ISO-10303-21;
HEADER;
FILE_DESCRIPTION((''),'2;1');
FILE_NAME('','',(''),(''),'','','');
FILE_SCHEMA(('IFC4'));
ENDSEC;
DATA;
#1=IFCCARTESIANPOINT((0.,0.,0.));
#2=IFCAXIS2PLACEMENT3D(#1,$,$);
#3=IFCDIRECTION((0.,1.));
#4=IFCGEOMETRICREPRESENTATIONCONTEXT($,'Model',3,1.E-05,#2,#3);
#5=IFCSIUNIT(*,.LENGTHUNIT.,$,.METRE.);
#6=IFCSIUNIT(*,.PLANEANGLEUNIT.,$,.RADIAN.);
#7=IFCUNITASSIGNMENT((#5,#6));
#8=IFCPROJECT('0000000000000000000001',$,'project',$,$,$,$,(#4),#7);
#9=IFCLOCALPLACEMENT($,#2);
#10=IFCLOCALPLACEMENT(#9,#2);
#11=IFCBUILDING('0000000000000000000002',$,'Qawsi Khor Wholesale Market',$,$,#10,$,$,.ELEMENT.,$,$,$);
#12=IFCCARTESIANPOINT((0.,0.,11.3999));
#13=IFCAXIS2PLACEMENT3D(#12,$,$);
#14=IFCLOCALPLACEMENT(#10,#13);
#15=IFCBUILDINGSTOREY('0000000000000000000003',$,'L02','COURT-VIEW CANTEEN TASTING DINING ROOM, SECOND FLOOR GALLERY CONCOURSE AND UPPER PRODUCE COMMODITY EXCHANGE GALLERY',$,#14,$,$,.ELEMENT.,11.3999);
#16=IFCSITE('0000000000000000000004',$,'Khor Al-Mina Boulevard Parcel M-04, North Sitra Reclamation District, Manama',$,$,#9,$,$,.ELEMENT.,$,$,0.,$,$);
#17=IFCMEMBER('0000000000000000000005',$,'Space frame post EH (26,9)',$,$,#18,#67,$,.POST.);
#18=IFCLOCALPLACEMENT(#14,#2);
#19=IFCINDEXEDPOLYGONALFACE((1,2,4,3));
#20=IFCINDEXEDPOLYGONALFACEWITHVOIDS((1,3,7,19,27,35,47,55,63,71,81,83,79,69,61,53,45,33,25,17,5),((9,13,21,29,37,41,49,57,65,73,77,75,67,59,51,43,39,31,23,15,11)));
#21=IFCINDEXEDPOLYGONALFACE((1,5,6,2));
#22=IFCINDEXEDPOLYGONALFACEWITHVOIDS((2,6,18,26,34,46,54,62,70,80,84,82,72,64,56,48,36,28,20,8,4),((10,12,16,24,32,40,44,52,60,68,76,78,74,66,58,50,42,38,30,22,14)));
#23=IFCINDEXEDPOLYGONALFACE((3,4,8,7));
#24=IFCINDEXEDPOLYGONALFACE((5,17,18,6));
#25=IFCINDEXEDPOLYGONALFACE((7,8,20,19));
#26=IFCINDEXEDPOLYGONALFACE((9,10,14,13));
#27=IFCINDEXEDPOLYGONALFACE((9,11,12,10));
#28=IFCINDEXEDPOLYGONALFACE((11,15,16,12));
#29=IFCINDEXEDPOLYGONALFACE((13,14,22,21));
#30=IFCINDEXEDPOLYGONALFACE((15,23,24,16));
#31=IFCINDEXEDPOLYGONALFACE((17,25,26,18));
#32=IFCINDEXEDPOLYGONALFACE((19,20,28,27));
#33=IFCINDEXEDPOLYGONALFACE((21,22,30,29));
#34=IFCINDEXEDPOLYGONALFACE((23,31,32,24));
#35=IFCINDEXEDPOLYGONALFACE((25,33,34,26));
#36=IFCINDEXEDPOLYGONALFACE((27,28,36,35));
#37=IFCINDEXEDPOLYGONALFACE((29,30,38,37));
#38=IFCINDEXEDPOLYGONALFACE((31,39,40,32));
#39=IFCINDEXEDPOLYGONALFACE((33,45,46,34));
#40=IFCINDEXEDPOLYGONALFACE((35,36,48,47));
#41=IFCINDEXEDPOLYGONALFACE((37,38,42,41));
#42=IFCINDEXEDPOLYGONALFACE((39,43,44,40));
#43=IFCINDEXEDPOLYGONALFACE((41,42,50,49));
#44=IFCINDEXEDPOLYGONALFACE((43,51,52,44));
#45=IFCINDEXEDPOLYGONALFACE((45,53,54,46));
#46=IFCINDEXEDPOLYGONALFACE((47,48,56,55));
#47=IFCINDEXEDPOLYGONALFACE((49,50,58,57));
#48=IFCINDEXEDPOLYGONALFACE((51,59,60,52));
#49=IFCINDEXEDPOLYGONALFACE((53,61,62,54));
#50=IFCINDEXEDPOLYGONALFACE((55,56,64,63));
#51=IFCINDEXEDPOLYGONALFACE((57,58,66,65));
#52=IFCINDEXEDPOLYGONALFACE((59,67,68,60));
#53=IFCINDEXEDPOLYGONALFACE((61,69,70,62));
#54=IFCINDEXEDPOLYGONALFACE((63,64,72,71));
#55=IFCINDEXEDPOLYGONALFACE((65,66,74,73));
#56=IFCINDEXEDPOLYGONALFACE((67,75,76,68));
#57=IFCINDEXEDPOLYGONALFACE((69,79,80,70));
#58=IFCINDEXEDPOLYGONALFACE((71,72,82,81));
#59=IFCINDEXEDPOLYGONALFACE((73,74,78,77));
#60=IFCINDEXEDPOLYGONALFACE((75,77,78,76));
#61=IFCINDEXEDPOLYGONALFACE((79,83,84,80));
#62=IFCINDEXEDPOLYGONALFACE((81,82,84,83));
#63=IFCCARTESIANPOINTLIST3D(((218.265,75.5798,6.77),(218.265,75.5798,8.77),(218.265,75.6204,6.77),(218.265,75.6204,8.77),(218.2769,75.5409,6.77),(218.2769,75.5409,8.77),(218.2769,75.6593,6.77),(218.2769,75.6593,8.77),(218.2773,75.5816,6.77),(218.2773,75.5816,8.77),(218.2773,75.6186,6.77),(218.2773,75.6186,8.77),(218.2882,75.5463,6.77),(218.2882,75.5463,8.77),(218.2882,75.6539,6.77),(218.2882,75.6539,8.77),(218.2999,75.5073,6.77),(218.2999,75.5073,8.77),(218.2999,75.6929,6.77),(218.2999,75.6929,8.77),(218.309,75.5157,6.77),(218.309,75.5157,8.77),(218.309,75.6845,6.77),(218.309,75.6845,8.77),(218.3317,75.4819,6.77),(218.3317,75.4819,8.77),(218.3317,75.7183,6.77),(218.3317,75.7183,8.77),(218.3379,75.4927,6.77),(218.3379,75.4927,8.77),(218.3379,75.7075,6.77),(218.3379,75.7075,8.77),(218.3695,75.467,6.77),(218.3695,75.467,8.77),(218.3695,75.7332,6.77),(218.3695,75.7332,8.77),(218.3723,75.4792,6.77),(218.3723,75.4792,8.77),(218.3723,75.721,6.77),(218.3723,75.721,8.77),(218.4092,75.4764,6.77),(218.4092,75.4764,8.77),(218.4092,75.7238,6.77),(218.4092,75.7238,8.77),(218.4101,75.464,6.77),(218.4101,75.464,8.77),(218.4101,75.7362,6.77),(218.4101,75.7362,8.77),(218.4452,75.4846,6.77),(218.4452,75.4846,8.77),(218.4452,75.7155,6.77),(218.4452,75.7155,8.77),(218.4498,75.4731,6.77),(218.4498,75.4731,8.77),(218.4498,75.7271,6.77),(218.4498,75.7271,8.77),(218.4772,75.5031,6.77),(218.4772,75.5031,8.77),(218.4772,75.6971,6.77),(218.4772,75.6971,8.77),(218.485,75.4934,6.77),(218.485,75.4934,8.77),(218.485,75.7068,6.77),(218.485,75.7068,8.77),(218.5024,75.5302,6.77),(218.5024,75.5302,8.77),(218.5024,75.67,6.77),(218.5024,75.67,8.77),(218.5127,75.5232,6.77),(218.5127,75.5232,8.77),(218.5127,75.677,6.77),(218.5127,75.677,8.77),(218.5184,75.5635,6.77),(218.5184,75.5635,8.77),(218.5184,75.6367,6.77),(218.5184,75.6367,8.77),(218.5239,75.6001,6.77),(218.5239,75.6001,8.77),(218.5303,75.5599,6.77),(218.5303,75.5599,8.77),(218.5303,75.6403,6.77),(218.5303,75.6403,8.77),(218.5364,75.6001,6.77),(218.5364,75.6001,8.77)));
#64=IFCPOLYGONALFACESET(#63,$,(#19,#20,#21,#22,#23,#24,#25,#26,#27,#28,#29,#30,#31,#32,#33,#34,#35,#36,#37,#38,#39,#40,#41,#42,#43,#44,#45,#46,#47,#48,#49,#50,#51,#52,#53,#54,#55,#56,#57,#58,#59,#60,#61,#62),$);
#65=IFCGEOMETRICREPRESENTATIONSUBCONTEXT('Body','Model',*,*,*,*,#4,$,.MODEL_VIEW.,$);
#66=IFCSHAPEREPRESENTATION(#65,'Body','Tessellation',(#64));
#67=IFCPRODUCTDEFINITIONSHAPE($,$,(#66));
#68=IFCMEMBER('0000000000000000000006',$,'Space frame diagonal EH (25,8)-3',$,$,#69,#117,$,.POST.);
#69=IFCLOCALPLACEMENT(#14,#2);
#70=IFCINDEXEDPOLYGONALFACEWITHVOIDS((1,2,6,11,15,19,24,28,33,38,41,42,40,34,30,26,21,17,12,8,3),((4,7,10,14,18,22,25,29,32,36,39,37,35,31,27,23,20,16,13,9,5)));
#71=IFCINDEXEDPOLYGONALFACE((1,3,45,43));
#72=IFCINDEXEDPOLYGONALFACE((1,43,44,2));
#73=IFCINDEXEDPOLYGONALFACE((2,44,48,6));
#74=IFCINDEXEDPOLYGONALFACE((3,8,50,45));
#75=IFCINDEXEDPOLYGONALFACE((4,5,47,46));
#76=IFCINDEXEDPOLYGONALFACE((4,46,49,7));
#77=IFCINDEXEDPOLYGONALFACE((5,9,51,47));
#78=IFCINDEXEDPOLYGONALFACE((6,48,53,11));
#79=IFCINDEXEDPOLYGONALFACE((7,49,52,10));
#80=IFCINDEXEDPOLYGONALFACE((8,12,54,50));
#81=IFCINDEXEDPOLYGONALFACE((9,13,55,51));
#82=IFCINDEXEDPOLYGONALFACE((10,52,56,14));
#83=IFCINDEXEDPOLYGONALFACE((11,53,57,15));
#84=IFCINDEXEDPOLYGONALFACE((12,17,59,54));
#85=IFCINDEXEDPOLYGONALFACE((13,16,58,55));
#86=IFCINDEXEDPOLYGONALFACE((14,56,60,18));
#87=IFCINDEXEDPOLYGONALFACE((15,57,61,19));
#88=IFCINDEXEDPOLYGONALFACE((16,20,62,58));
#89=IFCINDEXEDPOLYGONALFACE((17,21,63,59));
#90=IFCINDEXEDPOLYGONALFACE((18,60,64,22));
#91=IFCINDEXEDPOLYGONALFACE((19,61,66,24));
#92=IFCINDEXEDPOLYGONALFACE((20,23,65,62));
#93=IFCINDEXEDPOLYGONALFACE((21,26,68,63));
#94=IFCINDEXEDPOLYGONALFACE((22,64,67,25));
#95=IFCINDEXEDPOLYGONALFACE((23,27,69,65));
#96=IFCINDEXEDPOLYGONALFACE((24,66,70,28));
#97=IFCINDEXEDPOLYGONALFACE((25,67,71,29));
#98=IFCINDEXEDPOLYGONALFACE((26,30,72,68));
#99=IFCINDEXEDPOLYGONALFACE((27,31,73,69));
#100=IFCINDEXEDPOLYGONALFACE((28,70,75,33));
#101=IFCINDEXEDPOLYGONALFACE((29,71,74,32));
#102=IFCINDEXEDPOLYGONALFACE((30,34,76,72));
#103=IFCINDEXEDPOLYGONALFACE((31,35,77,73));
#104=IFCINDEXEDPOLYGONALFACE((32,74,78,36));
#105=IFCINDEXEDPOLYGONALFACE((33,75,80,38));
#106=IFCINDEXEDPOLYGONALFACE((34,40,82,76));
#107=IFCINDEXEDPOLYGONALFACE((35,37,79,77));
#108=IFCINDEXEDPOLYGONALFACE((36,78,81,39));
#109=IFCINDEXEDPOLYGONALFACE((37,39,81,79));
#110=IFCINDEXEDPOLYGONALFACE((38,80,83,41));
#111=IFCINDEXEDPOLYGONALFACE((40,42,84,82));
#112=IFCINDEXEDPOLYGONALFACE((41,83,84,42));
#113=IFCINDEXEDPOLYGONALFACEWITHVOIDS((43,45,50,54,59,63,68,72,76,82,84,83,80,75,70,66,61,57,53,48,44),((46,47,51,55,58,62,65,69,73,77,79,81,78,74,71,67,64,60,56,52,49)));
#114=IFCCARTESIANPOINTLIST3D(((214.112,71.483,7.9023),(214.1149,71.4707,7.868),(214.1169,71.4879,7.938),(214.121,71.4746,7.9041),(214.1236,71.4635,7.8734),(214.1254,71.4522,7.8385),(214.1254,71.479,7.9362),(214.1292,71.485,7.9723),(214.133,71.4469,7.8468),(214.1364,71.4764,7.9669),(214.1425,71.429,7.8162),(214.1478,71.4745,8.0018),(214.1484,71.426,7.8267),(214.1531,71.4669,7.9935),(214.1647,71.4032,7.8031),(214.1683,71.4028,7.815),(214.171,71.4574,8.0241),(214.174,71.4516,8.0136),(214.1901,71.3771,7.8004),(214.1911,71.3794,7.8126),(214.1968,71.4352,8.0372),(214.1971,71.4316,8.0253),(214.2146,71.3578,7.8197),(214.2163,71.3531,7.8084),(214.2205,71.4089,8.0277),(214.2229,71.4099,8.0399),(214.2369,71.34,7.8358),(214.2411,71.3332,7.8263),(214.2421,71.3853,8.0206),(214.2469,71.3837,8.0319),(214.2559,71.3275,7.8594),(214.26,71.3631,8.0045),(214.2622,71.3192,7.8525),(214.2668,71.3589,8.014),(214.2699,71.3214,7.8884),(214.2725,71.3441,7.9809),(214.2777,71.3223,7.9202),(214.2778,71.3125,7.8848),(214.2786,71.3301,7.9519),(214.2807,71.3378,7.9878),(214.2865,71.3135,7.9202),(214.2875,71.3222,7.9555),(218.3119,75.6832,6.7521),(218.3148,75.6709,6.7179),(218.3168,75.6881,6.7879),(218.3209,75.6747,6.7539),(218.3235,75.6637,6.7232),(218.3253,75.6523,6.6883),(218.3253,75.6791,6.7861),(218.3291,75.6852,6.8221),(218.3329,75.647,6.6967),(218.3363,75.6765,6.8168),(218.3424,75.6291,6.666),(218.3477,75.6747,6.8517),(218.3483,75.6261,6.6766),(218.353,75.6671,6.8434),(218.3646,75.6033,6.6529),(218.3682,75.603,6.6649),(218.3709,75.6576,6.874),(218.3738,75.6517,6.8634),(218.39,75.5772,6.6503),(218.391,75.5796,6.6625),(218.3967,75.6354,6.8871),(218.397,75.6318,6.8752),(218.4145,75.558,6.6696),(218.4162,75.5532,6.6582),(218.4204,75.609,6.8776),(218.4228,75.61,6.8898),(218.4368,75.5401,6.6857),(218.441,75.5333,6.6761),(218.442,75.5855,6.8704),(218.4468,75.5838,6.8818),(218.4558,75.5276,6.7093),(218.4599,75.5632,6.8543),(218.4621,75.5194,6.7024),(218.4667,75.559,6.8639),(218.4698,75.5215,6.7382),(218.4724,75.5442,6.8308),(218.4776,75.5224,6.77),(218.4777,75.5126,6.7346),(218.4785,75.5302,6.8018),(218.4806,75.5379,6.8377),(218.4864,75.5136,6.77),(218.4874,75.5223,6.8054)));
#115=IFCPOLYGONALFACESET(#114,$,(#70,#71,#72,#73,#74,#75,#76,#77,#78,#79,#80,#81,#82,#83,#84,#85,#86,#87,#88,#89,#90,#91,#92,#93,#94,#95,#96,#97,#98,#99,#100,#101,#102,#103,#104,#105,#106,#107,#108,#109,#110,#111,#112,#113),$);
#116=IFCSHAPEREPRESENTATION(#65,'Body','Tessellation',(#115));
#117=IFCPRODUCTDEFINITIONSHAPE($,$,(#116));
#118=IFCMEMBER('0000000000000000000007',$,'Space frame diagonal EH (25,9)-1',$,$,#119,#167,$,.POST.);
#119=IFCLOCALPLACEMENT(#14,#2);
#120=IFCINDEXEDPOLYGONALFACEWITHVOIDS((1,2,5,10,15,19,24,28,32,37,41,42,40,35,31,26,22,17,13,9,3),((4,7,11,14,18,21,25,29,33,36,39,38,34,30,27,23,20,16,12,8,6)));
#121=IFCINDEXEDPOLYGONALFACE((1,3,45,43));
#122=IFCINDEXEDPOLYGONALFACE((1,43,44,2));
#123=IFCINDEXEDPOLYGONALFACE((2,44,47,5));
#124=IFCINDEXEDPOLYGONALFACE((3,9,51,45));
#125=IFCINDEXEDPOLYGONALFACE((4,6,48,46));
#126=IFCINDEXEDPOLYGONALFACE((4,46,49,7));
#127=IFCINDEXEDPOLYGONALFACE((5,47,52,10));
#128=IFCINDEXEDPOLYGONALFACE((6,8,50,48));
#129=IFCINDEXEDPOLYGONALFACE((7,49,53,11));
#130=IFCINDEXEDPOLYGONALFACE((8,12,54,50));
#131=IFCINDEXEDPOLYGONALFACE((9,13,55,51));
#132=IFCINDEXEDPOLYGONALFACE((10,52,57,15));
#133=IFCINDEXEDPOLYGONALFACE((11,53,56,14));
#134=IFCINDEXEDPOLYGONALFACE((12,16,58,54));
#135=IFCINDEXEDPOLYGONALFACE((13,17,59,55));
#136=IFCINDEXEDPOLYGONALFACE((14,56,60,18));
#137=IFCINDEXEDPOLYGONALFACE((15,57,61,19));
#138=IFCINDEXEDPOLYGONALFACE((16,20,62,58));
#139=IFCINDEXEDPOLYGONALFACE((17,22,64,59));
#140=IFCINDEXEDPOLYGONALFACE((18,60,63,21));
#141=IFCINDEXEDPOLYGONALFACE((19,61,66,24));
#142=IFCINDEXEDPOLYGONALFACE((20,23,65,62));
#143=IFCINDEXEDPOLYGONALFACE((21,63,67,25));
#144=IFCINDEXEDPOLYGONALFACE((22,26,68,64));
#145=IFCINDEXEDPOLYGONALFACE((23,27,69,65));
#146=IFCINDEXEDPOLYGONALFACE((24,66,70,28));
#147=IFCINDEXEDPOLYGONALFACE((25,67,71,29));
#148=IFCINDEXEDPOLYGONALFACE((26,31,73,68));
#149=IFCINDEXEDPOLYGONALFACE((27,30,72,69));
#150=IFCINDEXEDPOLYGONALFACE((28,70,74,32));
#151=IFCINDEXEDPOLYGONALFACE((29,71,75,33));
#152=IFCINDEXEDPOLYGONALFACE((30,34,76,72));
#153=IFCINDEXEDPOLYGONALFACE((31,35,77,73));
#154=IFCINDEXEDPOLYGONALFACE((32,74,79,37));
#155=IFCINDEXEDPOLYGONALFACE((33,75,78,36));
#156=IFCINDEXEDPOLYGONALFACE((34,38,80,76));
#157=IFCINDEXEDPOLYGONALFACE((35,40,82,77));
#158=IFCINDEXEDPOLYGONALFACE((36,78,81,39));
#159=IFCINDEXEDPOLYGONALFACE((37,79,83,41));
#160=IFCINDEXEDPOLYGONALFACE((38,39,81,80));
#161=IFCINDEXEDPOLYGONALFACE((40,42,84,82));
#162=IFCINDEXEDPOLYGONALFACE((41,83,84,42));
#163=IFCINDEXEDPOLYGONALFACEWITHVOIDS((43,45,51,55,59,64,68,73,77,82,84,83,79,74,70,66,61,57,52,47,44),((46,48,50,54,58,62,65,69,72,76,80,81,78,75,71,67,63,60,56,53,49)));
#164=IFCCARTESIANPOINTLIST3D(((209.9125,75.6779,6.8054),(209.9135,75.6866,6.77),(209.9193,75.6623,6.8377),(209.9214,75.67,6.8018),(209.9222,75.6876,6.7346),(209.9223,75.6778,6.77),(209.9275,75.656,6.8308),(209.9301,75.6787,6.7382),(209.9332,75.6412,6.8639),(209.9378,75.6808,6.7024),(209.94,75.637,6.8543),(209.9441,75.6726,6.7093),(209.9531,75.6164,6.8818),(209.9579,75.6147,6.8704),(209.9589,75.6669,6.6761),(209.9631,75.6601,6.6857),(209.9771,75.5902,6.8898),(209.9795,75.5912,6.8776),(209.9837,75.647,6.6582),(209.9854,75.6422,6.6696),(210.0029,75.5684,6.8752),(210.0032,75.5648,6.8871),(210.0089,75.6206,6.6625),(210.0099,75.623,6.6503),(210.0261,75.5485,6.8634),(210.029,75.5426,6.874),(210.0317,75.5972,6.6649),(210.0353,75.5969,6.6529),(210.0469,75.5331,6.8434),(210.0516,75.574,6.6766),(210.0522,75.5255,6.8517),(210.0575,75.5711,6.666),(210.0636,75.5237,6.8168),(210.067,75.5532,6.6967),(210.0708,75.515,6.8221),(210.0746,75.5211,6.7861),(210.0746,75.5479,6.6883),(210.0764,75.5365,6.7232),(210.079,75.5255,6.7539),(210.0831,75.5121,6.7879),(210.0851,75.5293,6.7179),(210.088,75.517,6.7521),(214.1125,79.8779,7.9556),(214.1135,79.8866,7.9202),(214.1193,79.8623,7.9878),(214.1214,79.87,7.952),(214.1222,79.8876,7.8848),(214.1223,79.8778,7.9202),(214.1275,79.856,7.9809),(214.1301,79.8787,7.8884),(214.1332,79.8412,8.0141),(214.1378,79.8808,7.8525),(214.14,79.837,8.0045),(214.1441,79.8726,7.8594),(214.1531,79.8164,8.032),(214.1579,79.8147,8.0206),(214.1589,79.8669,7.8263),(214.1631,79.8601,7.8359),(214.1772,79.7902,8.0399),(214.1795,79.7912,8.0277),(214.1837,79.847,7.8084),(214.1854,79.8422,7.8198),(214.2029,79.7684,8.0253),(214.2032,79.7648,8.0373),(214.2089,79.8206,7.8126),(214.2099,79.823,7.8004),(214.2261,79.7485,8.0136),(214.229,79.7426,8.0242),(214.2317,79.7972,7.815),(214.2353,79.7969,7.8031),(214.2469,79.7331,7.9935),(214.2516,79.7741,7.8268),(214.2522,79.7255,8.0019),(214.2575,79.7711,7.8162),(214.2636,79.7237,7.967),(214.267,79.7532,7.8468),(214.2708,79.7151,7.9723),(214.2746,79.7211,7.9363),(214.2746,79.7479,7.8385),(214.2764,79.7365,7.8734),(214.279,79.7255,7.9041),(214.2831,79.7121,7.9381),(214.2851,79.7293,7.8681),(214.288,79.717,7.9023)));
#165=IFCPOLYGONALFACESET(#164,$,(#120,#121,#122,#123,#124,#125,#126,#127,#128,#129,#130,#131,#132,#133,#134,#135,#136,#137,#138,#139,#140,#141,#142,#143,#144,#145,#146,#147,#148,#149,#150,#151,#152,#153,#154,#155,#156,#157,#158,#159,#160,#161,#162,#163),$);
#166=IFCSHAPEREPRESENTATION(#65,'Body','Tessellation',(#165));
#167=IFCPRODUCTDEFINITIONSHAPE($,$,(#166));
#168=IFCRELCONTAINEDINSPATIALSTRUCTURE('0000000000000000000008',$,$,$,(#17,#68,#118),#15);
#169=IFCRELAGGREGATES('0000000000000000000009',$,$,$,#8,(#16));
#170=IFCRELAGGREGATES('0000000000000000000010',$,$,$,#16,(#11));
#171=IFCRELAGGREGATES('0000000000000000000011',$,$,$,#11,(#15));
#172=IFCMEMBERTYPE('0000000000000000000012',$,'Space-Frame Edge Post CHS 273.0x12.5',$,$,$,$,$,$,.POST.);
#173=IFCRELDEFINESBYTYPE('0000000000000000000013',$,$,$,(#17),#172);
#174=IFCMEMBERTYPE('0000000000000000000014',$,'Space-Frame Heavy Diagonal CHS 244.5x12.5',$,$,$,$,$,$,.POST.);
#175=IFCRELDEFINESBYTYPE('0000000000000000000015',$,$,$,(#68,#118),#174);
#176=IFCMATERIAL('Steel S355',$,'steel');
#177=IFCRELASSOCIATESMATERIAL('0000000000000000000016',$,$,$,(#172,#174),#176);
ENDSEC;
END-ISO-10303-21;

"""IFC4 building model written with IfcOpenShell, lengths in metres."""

from ifc_helpers import new_model, si_unit, direction, frame, origin, origin_2d, place, context, subcontext, project, spatial, hollow_circle, extrude, material, material_profile, profile_set, type_object, element, save


model = new_model("IFC4")

# Units and contexts
model_context = context("Model", 3, precision=1e-05, world=origin(), true_north=direction((0.0, 1.0)))
body_context = subcontext(model_context, "Body", "Model", "MODEL_VIEW")
ifc_project = project(units=[si_unit("LENGTHUNIT", "METRE"), si_unit("PLANEANGLEUNIT", "RADIAN")], contexts=[model_context])

# Site, building, storey
site_placement = place(None, origin())
site = spatial("IfcSite", under=ifc_project, at=site_placement, Name="Khor Al-Mina Boulevard Parcel M-04, North Sitra Reclamation District, Manama", CompositionType="ELEMENT", RefElevation=0.0)
building_placement = place(site_placement, origin())
building = spatial("IfcBuilding", under=site, at=building_placement, Name="Qawsi Khor Wholesale Market", CompositionType="ELEMENT")
storey_placement = place(building_placement, frame((0.0, 0.0, 11.3999)))
storey = spatial("IfcBuildingStorey", under=building, at=storey_placement, Name="L02", Description="COURT-VIEW CANTEEN TASTING DINING ROOM, SECOND FLOOR GALLERY CONCOURSE AND UPPER PRODUCE COMMODITY EXCHANGE GALLERY", CompositionType="ELEMENT", Elevation=11.3999)

# Members
ifc_material_1 = material(Name="Steel S355", Category="steel")
ifc_material_profile_1 = material_profile(ifc_material_1, hollow_circle(Radius=0.1365, WallThickness=0.0125, at=origin_2d()), Name="CHS 273.0x12.5")
ifc_profile_set_1 = profile_set([ifc_material_profile_1], Name="Steel S355")
member_type_1 = type_object("IfcMemberType", Name="Space-Frame Edge Post CHS 273.0x12.5", PredefinedType="POST", material=ifc_profile_set_1)
member_1_placement = place(storey_placement, frame((218.3999, 75.6001, 6.77), z_axis=(0.0, 0.0, 1.0), x_axis=(1.0, 0.0, 0.0)))
element("IfcMember", 1, at=member_1_placement, inside=storey, type_object=member_type_1, Name="Space frame post EH (26,9)", PredefinedType="POST", context=body_context, shape_type="SweptSolid", body=[
    extrude(hollow_circle(Radius=0.1365, WallThickness=0.0125, at=origin_2d()), origin(), (0.0, 0.0, 1.0), 2.0),
])
ifc_material_profile_2 = material_profile(ifc_material_1, hollow_circle(Radius=0.1223, WallThickness=0.0125, at=origin_2d()), Name="CHS 244.5x12.5")
ifc_profile_set_2 = profile_set([ifc_material_profile_2], Name="Steel S355")
member_type_2 = type_object("IfcMemberType", Name="Space-Frame Heavy Diagonal CHS 244.5x12.5", PredefinedType="POST", material=ifc_profile_set_2)
for number, where, z_axis, x_axis, name in (
    (2, (218.3999, 75.6001, 6.77), (-0.694192, -0.694232, 0.190103), (0.707127, -0.707086, 0.0), "Space frame diagonal EH (25,8)-3"),
    (3, (210.0, 75.6001, 6.77), (0.694211, 0.694211, 0.190108), (-0.707107, 0.707107, 0.0), "Space frame diagonal EH (25,9)-1"),
):
    element("IfcMember", number, at=place(storey_placement, frame(where, z_axis=z_axis, x_axis=x_axis)), inside=storey, type_object=member_type_2, Name=name, PredefinedType="POST", context=body_context, shape_type="SweptSolid", body=[
        extrude(hollow_circle(Radius=0.1223, WallThickness=0.0125, at=origin_2d()), origin(), (0.0, 0.0, 1.0), 6.05),
    ])

save(model, "model.ifc")
